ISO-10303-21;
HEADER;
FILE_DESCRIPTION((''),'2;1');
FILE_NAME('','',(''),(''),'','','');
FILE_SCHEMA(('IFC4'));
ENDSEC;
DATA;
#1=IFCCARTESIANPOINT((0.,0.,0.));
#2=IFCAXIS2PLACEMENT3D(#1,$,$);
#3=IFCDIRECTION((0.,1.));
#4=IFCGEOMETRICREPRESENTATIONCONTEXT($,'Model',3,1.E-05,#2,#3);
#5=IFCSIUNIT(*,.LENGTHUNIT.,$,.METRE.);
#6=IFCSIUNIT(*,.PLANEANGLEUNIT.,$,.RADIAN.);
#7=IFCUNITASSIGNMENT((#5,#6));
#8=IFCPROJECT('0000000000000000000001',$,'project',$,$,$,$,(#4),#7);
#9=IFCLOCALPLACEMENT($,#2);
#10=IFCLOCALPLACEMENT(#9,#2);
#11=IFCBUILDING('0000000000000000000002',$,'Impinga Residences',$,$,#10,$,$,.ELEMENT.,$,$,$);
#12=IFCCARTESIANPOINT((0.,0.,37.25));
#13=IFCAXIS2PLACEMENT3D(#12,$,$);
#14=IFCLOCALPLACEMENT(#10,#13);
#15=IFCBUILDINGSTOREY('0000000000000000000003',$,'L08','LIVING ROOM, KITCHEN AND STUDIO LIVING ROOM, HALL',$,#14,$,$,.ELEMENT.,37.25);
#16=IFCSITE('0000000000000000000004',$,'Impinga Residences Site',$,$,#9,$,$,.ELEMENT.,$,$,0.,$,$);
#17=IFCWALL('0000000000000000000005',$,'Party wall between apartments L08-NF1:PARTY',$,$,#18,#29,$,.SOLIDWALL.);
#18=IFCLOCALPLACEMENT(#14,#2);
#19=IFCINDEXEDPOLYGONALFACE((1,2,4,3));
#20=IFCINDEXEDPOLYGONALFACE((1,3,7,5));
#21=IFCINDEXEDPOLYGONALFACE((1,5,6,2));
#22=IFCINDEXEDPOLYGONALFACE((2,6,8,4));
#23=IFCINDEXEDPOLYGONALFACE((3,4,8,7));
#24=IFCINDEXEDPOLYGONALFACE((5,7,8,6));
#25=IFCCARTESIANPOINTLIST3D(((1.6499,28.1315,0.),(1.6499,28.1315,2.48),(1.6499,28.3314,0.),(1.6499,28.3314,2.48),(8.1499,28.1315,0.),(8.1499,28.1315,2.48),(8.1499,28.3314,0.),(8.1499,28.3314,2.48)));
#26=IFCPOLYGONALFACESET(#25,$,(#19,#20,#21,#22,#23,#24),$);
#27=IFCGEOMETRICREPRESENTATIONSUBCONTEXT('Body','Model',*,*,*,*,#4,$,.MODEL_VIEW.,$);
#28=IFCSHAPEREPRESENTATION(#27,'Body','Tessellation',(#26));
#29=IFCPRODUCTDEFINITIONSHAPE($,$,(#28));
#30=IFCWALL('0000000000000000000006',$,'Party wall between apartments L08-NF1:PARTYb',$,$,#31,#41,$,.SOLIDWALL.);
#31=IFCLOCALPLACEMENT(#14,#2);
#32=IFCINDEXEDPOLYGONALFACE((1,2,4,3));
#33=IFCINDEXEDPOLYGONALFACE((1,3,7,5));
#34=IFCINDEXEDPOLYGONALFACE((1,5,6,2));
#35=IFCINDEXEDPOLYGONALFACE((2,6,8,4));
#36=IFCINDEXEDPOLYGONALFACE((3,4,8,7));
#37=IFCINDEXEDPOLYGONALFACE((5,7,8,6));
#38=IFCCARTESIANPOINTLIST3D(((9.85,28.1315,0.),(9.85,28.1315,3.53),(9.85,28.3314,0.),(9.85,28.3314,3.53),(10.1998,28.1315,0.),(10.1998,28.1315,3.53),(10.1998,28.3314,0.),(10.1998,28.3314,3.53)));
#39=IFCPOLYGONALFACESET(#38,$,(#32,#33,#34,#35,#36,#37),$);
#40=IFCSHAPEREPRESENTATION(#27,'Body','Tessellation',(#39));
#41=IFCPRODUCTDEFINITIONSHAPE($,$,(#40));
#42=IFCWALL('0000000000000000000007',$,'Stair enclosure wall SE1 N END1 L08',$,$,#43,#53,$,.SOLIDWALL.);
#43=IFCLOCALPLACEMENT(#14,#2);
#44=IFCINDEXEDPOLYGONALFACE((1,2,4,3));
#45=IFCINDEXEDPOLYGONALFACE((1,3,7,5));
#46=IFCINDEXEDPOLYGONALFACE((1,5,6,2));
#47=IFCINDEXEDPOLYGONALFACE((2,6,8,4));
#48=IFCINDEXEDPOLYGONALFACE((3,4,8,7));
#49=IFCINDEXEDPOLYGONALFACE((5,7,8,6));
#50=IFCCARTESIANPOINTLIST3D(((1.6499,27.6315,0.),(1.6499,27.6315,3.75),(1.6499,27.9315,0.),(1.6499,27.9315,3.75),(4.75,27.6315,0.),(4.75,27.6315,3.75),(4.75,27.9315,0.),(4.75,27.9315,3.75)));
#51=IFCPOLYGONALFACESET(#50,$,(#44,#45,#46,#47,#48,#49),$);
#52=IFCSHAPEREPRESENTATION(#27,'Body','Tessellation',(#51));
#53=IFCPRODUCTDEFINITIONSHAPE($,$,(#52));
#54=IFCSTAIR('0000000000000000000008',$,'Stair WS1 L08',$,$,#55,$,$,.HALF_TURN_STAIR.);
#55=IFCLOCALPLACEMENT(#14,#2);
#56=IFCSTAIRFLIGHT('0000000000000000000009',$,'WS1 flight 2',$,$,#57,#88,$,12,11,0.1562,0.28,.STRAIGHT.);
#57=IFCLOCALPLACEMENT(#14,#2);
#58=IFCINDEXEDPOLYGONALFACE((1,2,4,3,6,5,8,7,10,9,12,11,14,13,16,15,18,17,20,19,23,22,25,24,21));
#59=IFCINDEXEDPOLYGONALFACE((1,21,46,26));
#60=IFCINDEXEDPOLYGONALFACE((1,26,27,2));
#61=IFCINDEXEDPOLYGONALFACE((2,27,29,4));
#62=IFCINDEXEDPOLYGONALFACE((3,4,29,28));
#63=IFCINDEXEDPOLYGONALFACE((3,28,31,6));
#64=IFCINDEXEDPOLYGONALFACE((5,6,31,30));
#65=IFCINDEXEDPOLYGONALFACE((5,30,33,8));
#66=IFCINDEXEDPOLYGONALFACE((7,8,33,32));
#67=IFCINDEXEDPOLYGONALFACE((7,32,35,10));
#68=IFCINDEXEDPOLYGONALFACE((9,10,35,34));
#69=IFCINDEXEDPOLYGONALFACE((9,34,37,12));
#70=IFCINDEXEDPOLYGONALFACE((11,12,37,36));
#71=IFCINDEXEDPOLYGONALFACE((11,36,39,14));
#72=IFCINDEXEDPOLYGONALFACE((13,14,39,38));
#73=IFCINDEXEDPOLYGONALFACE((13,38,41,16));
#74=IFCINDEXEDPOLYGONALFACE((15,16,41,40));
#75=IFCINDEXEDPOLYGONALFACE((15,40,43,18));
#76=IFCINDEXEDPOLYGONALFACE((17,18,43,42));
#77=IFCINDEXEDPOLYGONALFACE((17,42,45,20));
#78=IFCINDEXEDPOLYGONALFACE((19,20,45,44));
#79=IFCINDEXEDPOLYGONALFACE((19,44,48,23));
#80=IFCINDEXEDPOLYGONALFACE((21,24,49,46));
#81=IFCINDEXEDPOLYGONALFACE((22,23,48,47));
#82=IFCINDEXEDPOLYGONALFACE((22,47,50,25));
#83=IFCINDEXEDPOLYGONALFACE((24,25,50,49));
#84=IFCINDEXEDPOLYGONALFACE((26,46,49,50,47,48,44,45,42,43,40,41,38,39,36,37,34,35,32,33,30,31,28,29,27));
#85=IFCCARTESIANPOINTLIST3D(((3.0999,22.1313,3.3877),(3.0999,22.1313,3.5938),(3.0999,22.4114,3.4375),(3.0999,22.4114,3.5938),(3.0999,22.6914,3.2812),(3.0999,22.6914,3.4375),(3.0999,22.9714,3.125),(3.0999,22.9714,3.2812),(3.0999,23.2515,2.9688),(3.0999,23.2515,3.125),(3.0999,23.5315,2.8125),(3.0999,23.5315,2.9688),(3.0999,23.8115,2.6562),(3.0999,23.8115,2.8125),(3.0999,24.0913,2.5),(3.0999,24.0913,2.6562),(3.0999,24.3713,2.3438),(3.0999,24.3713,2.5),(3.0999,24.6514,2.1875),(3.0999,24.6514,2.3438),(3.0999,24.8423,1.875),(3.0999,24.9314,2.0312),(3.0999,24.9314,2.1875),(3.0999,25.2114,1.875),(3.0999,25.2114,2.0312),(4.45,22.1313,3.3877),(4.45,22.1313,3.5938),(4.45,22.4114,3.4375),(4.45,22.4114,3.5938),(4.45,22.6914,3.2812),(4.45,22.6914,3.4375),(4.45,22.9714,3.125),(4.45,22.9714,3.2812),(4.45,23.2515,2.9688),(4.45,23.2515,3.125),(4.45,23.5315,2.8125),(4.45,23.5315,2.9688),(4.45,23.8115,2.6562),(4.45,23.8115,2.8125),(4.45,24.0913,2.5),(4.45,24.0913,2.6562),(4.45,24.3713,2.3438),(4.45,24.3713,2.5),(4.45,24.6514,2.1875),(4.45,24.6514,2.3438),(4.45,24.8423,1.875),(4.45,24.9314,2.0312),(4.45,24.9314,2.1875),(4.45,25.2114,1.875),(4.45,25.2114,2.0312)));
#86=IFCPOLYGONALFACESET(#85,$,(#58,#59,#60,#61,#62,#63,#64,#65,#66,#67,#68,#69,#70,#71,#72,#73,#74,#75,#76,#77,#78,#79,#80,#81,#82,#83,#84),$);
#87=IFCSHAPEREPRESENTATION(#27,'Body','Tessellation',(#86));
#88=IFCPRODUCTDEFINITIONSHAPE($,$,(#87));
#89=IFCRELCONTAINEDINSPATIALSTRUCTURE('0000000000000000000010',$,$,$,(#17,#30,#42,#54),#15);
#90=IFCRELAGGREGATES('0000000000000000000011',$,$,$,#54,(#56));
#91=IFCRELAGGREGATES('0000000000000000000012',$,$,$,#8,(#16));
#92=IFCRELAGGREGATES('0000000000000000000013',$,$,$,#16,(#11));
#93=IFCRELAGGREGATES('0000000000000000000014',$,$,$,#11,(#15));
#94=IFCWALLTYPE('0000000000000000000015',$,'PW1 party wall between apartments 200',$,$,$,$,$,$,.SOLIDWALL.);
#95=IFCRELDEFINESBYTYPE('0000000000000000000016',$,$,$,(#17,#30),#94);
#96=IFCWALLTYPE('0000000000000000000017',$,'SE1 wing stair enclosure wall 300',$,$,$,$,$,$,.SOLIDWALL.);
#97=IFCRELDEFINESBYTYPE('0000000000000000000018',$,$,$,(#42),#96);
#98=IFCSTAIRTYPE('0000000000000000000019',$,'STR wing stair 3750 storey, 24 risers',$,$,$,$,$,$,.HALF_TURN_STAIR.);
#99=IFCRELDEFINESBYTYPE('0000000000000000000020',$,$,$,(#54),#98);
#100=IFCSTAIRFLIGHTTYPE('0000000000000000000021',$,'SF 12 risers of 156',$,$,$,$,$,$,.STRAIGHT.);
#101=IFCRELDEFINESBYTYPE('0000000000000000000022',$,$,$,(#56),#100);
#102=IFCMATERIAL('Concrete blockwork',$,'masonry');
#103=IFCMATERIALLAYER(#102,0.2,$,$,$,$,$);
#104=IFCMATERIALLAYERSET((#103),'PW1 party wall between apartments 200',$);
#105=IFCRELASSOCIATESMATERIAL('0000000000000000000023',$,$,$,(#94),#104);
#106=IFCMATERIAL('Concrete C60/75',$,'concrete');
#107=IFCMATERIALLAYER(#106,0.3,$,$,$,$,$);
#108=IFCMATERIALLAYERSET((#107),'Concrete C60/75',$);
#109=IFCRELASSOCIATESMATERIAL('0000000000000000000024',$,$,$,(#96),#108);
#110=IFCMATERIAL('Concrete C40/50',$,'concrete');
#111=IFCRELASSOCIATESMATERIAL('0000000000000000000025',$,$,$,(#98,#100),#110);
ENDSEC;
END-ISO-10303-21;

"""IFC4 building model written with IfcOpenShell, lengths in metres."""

from ifc_helpers import new_model, si_unit, direction, frame, frame_2d, origin, place, context, subcontext, project, spatial, polyline, rectangle, outline, extrude, material, layer, layer_set, type_object, element, aggregate, save


model = new_model("IFC4")

# Units and contexts
model_context = context("Model", 3, precision=1e-05, world=origin(), true_north=direction((0.0, 1.0)))
body_context = subcontext(model_context, "Body", "Model", "MODEL_VIEW")
ifc_project = project(units=[si_unit("LENGTHUNIT", "METRE"), si_unit("PLANEANGLEUNIT", "RADIAN")], contexts=[model_context])

# Site, building, storey
site_placement = place(None, origin())
site = spatial("IfcSite", under=ifc_project, at=site_placement, Name="Impinga Residences Site", CompositionType="ELEMENT", RefElevation=0.0)
building_placement = place(site_placement, origin())
building = spatial("IfcBuilding", under=site, at=building_placement, Name="Impinga Residences", CompositionType="ELEMENT")
storey_placement = place(building_placement, frame((0.0, 0.0, 37.25)))
storey = spatial("IfcBuildingStorey", under=building, at=storey_placement, Name="L08", Description="LIVING ROOM, KITCHEN AND STUDIO LIVING ROOM, HALL", CompositionType="ELEMENT", Elevation=37.25)

# Shared definitions
ifc_material_1 = material(Name="Concrete C60/75", Category="concrete")

# Walls
ifc_material_2 = material(Name="Concrete blockwork", Category="masonry")
ifc_layer_1 = layer(ifc_material_2, 0.2)
ifc_layer_set_1 = layer_set([ifc_layer_1], Name="PW1 party wall between apartments 200")
wall_type_1 = type_object("IfcWallType", Name="PW1 party wall between apartments 200", PredefinedType="SOLIDWALL", material=ifc_layer_set_1)
wall_1_placement = place(storey_placement, frame((1.6499, 28.2314, 0.0), z_axis=(0.0, 0.0, 1.0), x_axis=(1.0, 0.0, 0.0)))
element("IfcWall", 1, at=wall_1_placement, inside=storey, type_object=wall_type_1, Name="Party wall between apartments L08-NF1:PARTY", PredefinedType="SOLIDWALL", context=body_context, shape_type="SweptSolid", body=[
    extrude(rectangle(XDim=6.5, YDim=0.2, at=frame_2d((3.25, 0.0))), origin(), (0.0, 0.0, 1.0), 2.48),
])
wall_2_placement = place(storey_placement, frame((9.8501, 28.2314, 0.0), z_axis=(0.0, 0.0, 1.0), x_axis=(1.0, 0.0, 0.0)))
element("IfcWall", 2, at=wall_2_placement, inside=storey, type_object=wall_type_1, Name="Party wall between apartments L08-NF1:PARTYb", PredefinedType="SOLIDWALL", context=body_context, shape_type="SweptSolid", body=[
    extrude(rectangle(XDim=0.3499, YDim=0.2, at=frame_2d((0.1748, 0.0))), origin(), (0.0, 0.0, 1.0), 3.53),
])
ifc_layer_2 = layer(ifc_material_1, 0.3)
ifc_layer_set_2 = layer_set([ifc_layer_2], Name="Concrete C60/75")
wall_type_2 = type_object("IfcWallType", Name="SE1 wing stair enclosure wall 300", PredefinedType="SOLIDWALL", material=ifc_layer_set_2)
wall_3_placement = place(storey_placement, frame((1.6499, 27.7815, 0.0), z_axis=(0.0, 0.0, 1.0), x_axis=(1.0, 0.0, 0.0)))
element("IfcWall", 3, at=wall_3_placement, inside=storey, type_object=wall_type_2, Name="Stair enclosure wall SE1 N END1 L08", PredefinedType="SOLIDWALL", context=body_context, shape_type="SweptSolid", body=[
    extrude(rectangle(XDim=3.1001, YDim=0.3, at=frame_2d((1.55, 0.0))), origin(), (0.0, 0.0, 1.0), 3.75),
])

# Stair, stair flight
ifc_material_3 = material(Name="Concrete C40/50", Category="concrete")
stair_type = type_object("IfcStairType", Name="STR wing stair 3750 storey, 24 risers", PredefinedType="HALF_TURN_STAIR", material=ifc_material_3)
stair_placement = place(storey_placement, origin())
stair = element("IfcStair", 4, at=stair_placement, inside=storey, type_object=stair_type, Name="Stair WS1 L08", PredefinedType="HALF_TURN_STAIR")
stair_flight_type = type_object("IfcStairFlightType", Name="SF 12 risers of 156", PredefinedType="STRAIGHT", material=ifc_material_3)
stair_flight_placement = place(storey_placement, frame((3.7749, 25.2114, 1.875), z_axis=(0.0, 0.0, 1.0), x_axis=(0.0, -1.0, 0.0)))
stair_flight = element("IfcStairFlight", 5, at=stair_flight_placement, type_object=stair_flight_type, Name="WS1 flight 2", NumberOfRisers=12, NumberOfTreads=11, PredefinedType="STRAIGHT", RiserHeight=0.1562, TreadLength=0.28, context=body_context, shape_type="SweptSolid", body=[
    extrude(outline(polyline([(0.0, 0.0), (0.0, 0.1562), (0.28, 0.1562), (0.28, 0.3125), (0.5601, 0.3125), (0.5601, 0.4688), (0.8401, 0.4688), (0.8401, 0.625), (1.1201, 0.625), (1.1201, 0.7812), (1.3999, 0.7812), (1.3999, 0.9375), (1.6799, 0.9375), (1.6799, 1.0938), (1.96, 1.0938), (1.96, 1.25), (2.24, 1.25), (2.24, 1.4062), (2.52, 1.4062), (2.52, 1.5625), (2.8, 1.5625), (2.8, 1.7188), (3.0801, 1.7188), (3.0801, 1.875), (3.0801, 1.5127), (0.3691, 0.0), (0.0, 0.0)])), frame((0.0, 0.675, 0.0), z_axis=(0.0, -1.0, 0.0), x_axis=(1.0, 0.0, 0.0)), (0.0, 0.0, 1.0), 1.3501),
])
aggregate(stair, [stair_flight])

save(model, "model.ifc")
